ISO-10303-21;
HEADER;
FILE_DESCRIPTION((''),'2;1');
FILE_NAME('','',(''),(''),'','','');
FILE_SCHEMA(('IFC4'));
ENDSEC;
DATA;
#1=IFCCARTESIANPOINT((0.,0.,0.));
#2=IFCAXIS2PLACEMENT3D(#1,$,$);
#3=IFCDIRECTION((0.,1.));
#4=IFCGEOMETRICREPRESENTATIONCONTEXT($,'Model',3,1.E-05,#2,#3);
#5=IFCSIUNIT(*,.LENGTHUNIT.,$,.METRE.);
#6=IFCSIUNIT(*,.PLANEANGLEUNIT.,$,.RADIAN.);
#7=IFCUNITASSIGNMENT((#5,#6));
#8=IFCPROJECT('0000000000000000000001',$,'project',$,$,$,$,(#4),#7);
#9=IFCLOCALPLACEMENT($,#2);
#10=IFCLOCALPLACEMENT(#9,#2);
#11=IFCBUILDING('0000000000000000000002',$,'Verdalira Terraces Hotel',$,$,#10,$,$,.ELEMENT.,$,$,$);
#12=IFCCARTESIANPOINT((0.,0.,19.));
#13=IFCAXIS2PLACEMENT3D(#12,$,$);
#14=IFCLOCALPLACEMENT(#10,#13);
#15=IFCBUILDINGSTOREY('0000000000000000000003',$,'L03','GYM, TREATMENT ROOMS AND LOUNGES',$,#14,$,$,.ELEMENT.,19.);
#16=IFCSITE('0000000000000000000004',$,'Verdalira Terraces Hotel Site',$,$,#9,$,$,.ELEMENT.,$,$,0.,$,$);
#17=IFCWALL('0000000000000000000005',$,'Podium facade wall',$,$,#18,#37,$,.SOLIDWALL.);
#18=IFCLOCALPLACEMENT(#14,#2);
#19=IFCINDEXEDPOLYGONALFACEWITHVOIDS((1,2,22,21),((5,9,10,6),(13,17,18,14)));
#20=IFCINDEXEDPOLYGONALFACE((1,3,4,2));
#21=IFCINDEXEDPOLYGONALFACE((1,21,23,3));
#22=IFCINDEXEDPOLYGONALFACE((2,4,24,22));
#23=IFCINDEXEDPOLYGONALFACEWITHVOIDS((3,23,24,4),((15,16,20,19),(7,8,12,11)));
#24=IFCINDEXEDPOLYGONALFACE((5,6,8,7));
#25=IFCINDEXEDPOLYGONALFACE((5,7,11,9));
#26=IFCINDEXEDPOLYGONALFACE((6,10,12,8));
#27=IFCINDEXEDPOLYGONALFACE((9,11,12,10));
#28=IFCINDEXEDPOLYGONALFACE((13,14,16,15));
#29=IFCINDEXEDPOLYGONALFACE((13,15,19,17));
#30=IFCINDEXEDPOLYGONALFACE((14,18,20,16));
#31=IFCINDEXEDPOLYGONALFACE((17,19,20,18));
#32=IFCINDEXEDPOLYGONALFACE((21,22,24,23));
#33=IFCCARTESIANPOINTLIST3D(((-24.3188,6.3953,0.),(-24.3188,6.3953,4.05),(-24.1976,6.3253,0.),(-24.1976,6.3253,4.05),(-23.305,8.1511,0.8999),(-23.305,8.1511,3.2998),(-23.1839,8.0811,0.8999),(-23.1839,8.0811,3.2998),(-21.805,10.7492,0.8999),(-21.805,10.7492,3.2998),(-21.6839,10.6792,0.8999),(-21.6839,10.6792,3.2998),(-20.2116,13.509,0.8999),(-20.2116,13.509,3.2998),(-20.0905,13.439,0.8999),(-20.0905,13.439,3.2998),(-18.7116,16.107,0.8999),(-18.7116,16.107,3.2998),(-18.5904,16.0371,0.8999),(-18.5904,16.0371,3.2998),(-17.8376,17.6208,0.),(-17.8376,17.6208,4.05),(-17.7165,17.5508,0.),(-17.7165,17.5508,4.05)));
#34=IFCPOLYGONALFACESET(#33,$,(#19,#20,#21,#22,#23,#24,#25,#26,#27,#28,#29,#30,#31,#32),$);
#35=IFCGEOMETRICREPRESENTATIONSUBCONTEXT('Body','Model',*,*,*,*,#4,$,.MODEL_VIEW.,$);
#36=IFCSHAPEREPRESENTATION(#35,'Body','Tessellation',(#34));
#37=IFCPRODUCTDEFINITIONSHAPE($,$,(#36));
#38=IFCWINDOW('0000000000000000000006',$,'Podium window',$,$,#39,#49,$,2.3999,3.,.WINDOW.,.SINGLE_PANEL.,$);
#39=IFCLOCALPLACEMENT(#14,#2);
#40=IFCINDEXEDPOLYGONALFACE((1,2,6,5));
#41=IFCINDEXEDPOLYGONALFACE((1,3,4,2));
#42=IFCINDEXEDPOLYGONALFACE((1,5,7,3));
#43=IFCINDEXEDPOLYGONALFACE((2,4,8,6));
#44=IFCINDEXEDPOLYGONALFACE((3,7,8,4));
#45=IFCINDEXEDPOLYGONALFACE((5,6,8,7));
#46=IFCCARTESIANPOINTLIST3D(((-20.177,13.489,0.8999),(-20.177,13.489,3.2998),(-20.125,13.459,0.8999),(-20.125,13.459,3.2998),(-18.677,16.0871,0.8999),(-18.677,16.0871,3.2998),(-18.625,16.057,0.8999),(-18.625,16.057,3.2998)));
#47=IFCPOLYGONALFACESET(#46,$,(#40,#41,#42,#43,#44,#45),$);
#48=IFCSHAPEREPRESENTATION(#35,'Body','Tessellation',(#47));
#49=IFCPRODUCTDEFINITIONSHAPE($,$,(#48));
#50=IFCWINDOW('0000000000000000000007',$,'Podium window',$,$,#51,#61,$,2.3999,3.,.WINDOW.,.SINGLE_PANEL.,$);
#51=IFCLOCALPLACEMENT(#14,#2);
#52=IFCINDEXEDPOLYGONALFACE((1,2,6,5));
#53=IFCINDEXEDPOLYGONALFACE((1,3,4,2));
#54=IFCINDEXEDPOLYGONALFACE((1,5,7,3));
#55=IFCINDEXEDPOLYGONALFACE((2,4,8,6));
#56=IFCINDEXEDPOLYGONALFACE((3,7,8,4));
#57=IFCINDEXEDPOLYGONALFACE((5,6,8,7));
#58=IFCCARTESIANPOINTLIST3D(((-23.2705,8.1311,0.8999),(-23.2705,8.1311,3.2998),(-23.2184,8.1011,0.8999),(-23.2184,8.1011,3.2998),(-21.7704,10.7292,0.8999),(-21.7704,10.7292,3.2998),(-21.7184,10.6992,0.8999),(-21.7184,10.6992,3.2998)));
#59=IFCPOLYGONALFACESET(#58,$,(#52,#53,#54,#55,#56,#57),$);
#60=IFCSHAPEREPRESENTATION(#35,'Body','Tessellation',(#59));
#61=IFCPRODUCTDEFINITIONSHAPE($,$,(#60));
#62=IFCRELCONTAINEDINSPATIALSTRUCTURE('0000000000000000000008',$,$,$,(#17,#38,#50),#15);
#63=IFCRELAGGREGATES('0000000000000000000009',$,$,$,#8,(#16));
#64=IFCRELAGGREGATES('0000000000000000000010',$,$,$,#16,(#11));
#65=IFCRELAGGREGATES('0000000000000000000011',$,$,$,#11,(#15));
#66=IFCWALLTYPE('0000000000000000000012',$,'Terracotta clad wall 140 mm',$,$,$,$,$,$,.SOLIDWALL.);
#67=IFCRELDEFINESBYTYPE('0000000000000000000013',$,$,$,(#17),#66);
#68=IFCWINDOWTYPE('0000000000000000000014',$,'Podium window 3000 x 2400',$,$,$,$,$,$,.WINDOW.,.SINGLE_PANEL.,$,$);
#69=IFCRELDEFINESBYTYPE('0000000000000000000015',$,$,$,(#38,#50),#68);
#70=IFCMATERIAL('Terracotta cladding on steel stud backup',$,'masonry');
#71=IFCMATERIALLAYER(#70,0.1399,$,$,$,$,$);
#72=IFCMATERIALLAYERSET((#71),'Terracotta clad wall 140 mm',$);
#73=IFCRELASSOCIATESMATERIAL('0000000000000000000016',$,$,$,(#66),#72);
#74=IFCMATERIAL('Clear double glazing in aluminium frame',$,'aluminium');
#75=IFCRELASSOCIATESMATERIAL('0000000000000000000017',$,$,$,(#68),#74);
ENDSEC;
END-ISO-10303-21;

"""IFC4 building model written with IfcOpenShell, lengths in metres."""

from ifc_helpers import new_model, si_unit, direction, frame, frame_2d, origin, place, context, subcontext, project, spatial, rectangle, extrude, material, layer, layer_set, type_object, element, fill, save


model = new_model("IFC4")

# Units and contexts
model_context = context("Model", 3, precision=1e-05, world=origin(), true_north=direction((0.0, 1.0)))
body_context = subcontext(model_context, "Body", "Model", "MODEL_VIEW")
ifc_project = project(units=[si_unit("LENGTHUNIT", "METRE"), si_unit("PLANEANGLEUNIT", "RADIAN")], contexts=[model_context])

# Site, building, storey
site_placement = place(None, origin())
site = spatial("IfcSite", under=ifc_project, at=site_placement, Name="Verdalira Terraces Hotel Site", CompositionType="ELEMENT", RefElevation=0.0)
building_placement = place(site_placement, origin())
building = spatial("IfcBuilding", under=site, at=building_placement, Name="Verdalira Terraces Hotel", CompositionType="ELEMENT")
storey_placement = place(building_placement, frame((0.0, 0.0, 19.0)))
storey = spatial("IfcBuildingStorey", under=building, at=storey_placement, Name="L03", Description="GYM, TREATMENT ROOMS AND LOUNGES", CompositionType="ELEMENT", Elevation=19.0)

# Wall, openings, windows
ifc_material_1 = material(Name="Terracotta cladding on steel stud backup", Category="masonry")
ifc_layer_1 = layer(ifc_material_1, 0.1399)
ifc_layer_set_1 = layer_set([ifc_layer_1], Name="Terracotta clad wall 140 mm")
wall_type_1 = type_object("IfcWallType", Name="Terracotta clad wall 140 mm", PredefinedType="SOLIDWALL", material=ifc_layer_set_1)
ifc_material_2 = material(Name="Clear double glazing in aluminium frame", Category="aluminium")
window_type_1 = type_object("IfcWindowType", Name="Podium window 3000 x 2400", PartitioningType="SINGLE_PANEL", PredefinedType="WINDOW", material=ifc_material_2)
wall_1_placement = place(storey_placement, frame((-17.7771, 17.5857, 0.0), z_axis=(0.0, 0.0, 1.0), x_axis=(-0.500006, -0.866022, 0.0)))
wall_1 = element("IfcWall", 1, at=wall_1_placement, inside=storey, type_object=wall_type_1, Name="Podium facade wall", PredefinedType="SOLIDWALL", context=body_context, shape_type="SweptSolid", body=[
    extrude(rectangle(XDim=12.9622, YDim=0.1399, at=frame_2d((6.481, 0.0))), origin(), (0.0, 0.0, 1.0), 4.05),
])
opening_1_placement = place(wall_1_placement, frame((1.7478, 0.0, 0.8999)))
opening_1 = element("IfcOpeningElement", 2, at=opening_1_placement, cuts=wall_1, PredefinedType="OPENING", context=body_context, shape_type="SweptSolid", body=[
    extrude(rectangle(XDim=3.0, YDim=2.3999, at=frame_2d((1.5, 1.2))), frame((0.0, 0.0798, 0.0), z_axis=(0.0, -1.0, 0.0), x_axis=(1.0, 0.0, 0.0)), (0.0, 0.0, 1.0), 0.1599),
])
opening_2_placement = place(wall_1_placement, frame((7.9346, 0.0, 0.8999)))
opening_2 = element("IfcOpeningElement", 3, at=opening_2_placement, cuts=wall_1, PredefinedType="OPENING", context=body_context, shape_type="SweptSolid", body=[
    extrude(rectangle(XDim=3.0, YDim=2.3999, at=frame_2d((1.5, 1.2))), frame((0.0, 0.0798, 0.0), z_axis=(0.0, -1.0, 0.0), x_axis=(1.0, 0.0, 0.0)), (0.0, 0.0, 1.0), 0.1599),
])
window_1_placement = place(opening_1_placement, origin())
window_1 = element("IfcWindow", 4, at=window_1_placement, inside=storey, type_object=window_type_1, Name="Podium window", OverallHeight=2.3999, OverallWidth=3.0, PartitioningType="SINGLE_PANEL", PredefinedType="WINDOW", context=body_context, shape_type="SweptSolid", body=[
    extrude(rectangle(XDim=3.0, YDim=2.3999, at=frame_2d((1.5, 1.2))), frame((0.0, 0.03, 0.0), z_axis=(0.0, -1.0, 0.0), x_axis=(1.0, 0.0, 0.0)), (0.0, 0.0, 1.0), 0.0601),
])
fill(opening_1, window_1)
window_2_placement = place(opening_2_placement, origin())
window_2 = element("IfcWindow", 5, at=window_2_placement, inside=storey, type_object=window_type_1, Name="Podium window", OverallHeight=2.3999, OverallWidth=3.0, PartitioningType="SINGLE_PANEL", PredefinedType="WINDOW", context=body_context, shape_type="SweptSolid", body=[
    extrude(rectangle(XDim=3.0, YDim=2.3999, at=frame_2d((1.5, 1.2))), frame((0.0, 0.03, 0.0), z_axis=(0.0, -1.0, 0.0), x_axis=(1.0, 0.0, 0.0)), (0.0, 0.0, 1.0), 0.0601),
])
fill(opening_2, window_2)

save(model, "model.ifc")
